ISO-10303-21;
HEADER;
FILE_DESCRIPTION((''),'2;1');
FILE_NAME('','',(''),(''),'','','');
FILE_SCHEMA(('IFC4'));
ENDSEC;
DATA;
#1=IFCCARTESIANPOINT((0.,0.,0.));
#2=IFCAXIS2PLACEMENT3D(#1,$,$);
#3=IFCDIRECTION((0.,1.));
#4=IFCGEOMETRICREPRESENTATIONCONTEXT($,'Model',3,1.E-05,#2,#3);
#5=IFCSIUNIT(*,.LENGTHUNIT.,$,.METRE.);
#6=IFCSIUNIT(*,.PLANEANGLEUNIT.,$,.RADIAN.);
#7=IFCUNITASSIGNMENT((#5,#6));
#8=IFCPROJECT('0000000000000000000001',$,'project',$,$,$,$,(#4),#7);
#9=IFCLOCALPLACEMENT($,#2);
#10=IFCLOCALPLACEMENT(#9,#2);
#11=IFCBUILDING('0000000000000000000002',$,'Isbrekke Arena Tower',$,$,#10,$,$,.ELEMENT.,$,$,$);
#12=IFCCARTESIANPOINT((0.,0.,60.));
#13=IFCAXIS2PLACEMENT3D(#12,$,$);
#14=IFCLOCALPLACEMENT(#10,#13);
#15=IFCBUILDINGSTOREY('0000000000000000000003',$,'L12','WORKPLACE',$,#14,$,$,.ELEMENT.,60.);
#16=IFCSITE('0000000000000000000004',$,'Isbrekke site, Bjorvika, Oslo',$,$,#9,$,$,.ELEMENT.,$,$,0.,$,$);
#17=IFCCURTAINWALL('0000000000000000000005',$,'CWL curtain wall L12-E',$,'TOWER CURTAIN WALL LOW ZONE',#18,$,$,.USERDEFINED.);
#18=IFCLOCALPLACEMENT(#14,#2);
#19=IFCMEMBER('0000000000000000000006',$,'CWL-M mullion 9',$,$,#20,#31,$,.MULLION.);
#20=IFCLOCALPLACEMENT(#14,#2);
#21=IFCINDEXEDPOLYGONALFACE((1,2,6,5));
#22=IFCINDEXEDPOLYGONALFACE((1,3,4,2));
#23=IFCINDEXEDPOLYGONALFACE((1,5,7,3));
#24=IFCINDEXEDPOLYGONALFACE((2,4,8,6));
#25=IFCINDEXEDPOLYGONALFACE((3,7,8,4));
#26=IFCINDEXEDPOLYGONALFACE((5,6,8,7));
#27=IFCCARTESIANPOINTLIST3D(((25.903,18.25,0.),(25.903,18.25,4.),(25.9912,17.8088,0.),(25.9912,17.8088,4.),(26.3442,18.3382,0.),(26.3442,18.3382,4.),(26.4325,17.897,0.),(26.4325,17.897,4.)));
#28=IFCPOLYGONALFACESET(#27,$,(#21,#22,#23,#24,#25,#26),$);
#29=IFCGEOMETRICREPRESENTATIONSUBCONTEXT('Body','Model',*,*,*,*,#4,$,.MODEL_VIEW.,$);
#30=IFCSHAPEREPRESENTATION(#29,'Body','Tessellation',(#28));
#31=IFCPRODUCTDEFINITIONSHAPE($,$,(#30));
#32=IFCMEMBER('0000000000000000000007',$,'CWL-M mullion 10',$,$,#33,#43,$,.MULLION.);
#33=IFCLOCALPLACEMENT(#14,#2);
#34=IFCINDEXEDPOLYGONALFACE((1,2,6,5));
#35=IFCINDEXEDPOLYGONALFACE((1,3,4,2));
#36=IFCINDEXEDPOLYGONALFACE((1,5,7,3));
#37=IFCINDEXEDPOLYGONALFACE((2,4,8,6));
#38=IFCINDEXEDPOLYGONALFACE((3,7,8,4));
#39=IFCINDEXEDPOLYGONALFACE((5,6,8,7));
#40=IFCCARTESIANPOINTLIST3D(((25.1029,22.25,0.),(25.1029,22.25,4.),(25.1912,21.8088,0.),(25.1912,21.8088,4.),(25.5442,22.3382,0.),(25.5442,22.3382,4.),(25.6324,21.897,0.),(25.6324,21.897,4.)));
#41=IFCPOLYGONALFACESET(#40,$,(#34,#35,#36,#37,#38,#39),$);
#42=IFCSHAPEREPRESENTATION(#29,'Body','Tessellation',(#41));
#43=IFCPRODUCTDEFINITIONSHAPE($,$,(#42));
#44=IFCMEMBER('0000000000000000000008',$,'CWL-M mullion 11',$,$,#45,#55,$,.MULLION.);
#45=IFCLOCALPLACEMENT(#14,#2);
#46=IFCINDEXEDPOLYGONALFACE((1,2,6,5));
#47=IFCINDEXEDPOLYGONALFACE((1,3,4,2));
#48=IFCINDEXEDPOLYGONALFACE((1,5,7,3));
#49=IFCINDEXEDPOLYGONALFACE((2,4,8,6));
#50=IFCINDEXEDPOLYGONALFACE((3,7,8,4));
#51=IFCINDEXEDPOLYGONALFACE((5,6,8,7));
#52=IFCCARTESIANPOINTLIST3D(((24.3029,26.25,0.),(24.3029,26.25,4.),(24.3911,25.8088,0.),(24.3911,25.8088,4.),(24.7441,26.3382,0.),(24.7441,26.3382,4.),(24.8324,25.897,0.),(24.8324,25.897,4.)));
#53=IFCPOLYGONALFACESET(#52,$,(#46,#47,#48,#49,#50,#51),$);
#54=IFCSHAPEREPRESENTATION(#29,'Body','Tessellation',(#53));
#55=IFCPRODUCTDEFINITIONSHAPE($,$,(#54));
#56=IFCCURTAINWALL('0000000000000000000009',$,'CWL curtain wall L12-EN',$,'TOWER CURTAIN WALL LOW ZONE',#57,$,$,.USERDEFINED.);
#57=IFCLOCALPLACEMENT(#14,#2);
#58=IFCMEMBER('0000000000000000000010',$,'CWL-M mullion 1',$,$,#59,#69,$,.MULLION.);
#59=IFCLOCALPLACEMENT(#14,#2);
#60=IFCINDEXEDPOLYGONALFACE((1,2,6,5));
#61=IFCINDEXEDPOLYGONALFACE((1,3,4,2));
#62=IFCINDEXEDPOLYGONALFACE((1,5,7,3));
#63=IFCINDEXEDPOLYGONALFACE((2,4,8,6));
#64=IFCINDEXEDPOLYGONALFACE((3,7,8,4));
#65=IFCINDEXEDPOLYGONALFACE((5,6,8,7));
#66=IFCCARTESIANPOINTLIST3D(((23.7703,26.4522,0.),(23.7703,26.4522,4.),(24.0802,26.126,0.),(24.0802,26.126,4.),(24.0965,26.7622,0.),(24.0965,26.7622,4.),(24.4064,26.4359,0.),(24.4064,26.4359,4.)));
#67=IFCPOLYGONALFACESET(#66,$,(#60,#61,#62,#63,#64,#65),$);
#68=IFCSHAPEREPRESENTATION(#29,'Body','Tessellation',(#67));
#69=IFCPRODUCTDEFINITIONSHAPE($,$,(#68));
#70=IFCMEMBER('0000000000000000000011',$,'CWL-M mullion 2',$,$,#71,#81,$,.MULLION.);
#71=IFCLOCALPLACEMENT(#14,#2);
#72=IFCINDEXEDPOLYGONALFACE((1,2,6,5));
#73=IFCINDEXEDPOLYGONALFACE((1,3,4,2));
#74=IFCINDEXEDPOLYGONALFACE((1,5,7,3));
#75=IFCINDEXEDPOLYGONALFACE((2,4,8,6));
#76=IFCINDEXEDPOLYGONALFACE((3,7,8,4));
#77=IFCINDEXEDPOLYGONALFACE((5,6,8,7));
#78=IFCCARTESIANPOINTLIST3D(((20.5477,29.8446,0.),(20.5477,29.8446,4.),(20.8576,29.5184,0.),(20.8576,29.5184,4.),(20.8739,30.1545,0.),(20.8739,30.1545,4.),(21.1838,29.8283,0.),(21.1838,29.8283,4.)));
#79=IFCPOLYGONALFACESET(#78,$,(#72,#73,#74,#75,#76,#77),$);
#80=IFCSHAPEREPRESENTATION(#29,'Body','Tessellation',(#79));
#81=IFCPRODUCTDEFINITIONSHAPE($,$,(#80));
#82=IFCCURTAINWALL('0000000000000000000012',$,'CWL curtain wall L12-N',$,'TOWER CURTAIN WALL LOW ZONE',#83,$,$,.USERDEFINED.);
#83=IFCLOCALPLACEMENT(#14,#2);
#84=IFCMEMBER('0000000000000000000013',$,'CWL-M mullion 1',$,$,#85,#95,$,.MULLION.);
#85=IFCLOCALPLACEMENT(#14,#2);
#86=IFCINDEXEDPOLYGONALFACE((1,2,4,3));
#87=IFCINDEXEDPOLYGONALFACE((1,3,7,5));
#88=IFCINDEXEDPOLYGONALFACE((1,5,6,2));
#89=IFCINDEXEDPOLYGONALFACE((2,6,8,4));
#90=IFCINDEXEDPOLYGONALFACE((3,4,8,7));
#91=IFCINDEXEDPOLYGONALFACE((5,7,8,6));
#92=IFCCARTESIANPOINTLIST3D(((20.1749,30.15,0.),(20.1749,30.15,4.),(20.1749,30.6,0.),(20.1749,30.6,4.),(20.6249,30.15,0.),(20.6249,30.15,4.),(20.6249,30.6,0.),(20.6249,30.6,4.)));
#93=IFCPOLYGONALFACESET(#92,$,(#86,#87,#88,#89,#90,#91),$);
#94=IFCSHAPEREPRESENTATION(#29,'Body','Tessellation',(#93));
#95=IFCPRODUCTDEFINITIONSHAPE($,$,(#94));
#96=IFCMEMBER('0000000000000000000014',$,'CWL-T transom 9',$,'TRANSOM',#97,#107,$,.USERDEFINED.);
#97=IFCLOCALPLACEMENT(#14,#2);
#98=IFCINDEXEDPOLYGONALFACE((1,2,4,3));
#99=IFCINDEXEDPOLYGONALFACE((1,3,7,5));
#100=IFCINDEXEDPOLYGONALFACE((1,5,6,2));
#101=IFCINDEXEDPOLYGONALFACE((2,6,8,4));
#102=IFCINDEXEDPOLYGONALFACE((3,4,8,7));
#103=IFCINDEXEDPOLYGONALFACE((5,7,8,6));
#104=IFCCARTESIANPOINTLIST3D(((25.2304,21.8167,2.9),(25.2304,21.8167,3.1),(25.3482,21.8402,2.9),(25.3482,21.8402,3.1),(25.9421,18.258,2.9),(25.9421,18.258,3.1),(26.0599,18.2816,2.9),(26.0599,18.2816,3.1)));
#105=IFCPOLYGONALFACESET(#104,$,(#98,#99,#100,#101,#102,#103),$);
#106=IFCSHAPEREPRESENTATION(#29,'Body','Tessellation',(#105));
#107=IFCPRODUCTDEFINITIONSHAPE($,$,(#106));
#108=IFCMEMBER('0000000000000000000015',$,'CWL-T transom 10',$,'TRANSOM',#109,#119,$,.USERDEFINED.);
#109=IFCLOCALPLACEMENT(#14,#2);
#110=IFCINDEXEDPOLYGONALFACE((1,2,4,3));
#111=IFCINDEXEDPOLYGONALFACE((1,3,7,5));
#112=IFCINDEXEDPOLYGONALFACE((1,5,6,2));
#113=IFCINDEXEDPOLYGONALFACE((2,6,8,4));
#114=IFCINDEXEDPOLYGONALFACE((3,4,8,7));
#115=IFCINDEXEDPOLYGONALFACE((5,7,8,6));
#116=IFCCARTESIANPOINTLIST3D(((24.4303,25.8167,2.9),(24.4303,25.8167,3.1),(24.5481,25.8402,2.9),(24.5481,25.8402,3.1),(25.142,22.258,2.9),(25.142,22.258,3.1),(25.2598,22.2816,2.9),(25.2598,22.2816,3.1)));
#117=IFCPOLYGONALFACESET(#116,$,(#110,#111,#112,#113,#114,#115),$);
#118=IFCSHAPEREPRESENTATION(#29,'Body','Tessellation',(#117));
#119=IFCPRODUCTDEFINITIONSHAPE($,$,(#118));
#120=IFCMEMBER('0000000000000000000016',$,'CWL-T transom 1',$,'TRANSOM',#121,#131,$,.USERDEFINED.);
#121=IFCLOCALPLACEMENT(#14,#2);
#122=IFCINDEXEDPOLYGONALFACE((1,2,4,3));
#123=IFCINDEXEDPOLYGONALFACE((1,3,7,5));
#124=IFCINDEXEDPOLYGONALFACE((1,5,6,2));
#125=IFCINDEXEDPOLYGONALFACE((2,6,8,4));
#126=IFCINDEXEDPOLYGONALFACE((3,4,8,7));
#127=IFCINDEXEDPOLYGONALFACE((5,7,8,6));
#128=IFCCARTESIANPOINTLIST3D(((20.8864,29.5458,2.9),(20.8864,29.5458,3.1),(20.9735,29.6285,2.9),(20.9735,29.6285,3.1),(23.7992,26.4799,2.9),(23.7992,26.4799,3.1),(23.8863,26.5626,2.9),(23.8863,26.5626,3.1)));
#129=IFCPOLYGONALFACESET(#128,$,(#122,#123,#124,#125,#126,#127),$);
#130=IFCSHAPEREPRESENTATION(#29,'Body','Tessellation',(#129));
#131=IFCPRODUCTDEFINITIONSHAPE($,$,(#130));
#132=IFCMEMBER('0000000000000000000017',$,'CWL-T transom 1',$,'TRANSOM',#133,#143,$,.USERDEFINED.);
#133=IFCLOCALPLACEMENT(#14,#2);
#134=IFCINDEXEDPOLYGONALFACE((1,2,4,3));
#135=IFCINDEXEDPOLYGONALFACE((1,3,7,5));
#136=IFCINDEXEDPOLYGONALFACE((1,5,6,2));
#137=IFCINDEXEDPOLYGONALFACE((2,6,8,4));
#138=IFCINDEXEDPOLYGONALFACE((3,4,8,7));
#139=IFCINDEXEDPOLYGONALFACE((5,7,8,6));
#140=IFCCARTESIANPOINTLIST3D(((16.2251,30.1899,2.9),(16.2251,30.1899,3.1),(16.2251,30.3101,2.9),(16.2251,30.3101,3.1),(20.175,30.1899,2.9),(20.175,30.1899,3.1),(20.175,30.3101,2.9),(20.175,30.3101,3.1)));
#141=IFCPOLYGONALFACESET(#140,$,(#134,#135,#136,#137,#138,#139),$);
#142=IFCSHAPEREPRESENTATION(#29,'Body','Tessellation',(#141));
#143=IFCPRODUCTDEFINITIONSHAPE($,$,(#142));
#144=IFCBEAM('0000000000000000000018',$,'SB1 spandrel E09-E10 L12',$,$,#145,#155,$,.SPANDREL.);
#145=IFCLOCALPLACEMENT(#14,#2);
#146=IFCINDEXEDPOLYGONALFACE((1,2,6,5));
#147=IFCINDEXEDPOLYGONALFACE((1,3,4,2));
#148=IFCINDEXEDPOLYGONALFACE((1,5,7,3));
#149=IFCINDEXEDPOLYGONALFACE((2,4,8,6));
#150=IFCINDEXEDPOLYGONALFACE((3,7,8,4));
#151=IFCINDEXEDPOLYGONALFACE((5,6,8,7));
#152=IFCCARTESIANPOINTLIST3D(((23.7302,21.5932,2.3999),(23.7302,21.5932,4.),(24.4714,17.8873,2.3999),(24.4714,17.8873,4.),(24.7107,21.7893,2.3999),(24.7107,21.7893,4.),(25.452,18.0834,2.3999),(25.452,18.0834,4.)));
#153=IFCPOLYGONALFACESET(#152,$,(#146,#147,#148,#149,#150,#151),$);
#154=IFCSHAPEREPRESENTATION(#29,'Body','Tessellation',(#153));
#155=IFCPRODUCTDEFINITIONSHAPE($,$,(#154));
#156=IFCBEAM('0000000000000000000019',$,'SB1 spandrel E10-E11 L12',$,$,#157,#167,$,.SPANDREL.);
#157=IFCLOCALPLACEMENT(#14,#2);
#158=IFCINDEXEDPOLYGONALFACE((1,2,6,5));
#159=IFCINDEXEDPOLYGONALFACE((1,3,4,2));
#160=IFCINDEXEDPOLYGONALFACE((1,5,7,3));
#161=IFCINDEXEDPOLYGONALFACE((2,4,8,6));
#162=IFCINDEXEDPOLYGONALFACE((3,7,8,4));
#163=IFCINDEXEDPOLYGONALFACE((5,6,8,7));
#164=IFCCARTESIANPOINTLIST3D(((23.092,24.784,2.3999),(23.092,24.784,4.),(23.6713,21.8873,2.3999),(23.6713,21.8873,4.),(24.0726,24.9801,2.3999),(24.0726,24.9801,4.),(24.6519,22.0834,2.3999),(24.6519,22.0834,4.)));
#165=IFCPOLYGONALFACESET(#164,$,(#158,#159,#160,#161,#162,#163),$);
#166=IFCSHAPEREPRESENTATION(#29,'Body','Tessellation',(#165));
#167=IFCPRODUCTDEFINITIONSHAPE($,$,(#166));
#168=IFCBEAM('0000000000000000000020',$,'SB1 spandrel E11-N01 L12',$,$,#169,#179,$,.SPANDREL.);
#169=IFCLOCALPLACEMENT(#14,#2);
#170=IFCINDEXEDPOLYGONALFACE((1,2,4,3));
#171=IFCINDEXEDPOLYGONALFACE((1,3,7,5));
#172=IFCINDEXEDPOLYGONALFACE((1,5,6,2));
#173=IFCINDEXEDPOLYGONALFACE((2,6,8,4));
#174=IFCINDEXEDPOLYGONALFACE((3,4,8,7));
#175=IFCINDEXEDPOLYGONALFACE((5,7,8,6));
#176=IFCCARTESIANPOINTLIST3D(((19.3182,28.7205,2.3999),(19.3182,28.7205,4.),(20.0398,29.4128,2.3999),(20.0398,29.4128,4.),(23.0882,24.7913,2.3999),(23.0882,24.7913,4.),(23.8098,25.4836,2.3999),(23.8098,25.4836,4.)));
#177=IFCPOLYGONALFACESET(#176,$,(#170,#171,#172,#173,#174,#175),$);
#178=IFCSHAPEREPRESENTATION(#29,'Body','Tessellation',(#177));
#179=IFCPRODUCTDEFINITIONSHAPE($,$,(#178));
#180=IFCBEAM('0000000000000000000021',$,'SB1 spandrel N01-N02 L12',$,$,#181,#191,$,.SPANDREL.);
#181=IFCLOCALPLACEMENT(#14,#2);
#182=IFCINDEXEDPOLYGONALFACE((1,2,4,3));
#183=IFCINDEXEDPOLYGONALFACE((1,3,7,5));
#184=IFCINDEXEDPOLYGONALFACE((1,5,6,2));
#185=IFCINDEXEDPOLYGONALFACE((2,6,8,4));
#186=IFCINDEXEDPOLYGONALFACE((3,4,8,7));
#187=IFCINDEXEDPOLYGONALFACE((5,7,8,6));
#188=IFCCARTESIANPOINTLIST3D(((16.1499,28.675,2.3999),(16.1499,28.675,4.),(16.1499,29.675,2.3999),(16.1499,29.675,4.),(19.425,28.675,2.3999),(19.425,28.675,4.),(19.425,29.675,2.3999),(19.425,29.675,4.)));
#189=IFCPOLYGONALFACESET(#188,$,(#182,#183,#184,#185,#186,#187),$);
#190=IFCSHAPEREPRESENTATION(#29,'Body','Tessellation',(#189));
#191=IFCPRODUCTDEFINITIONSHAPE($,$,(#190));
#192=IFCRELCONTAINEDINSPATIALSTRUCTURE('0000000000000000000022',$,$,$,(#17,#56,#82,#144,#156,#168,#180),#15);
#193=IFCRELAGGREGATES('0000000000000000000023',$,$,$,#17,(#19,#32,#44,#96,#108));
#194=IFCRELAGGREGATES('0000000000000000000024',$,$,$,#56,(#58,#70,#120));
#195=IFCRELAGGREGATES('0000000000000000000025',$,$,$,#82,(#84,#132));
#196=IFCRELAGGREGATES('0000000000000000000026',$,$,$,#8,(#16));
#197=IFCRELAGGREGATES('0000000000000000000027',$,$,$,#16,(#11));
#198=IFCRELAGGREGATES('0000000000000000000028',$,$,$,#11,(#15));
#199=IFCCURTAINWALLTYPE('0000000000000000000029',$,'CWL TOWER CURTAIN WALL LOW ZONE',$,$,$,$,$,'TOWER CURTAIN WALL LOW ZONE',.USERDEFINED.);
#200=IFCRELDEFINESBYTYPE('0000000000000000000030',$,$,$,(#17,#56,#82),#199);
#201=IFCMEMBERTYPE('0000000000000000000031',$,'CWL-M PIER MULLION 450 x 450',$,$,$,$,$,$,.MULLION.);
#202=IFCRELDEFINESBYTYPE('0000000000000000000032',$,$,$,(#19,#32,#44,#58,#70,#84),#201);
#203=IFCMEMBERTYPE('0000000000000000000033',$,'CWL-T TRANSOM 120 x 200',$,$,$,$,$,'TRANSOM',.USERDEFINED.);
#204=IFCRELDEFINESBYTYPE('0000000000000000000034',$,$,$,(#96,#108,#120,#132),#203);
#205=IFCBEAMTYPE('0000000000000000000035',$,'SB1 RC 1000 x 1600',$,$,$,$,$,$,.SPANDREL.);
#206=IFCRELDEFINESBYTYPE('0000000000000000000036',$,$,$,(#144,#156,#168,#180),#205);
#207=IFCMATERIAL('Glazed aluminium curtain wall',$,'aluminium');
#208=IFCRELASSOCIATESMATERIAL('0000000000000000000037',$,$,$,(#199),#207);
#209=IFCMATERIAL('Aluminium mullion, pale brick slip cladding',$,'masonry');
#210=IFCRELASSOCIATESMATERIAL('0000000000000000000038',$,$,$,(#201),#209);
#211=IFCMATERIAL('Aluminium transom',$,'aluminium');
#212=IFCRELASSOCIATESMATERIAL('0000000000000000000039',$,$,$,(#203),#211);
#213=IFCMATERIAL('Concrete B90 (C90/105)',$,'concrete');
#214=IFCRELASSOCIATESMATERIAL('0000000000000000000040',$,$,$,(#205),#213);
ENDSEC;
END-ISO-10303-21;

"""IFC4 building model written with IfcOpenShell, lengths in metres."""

from ifc_helpers import new_model, si_unit, direction, frame, origin, origin_2d, place, context, subcontext, project, spatial, rectangle, extrude, material, material_profile, profile_set, type_object, element, aggregate, save


model = new_model("IFC4")

# Units and contexts
model_context = context("Model", 3, precision=1e-05, world=origin(), true_north=direction((0.0, 1.0)))
body_context = subcontext(model_context, "Body", "Model", "MODEL_VIEW")
ifc_project = project(units=[si_unit("LENGTHUNIT", "METRE"), si_unit("PLANEANGLEUNIT", "RADIAN")], contexts=[model_context])

# Site, building, storey
site_placement = place(None, origin())
site = spatial("IfcSite", under=ifc_project, at=site_placement, Name="Isbrekke site, Bjorvika, Oslo", CompositionType="ELEMENT", RefElevation=0.0)
building_placement = place(site_placement, origin())
building = spatial("IfcBuilding", under=site, at=building_placement, Name="Isbrekke Arena Tower", CompositionType="ELEMENT")
storey_placement = place(building_placement, frame((0.0, 0.0, 60.0)))
storey = spatial("IfcBuildingStorey", under=building, at=storey_placement, Name="L12", Description="WORKPLACE", CompositionType="ELEMENT", Elevation=60.0)

# Curtain walls, members
ifc_material_1 = material(Name="Glazed aluminium curtain wall", Category="aluminium")
curtain_wall_type = type_object("IfcCurtainWallType", Name="CWL TOWER CURTAIN WALL LOW ZONE", ElementType="TOWER CURTAIN WALL LOW ZONE", PredefinedType="USERDEFINED", material=ifc_material_1)
curtain_wall_1_placement = place(storey_placement, origin())
curtain_wall_1 = element("IfcCurtainWall", 1, at=curtain_wall_1_placement, inside=storey, type_object=curtain_wall_type, Name="CWL curtain wall L12-E", ObjectType="TOWER CURTAIN WALL LOW ZONE", PredefinedType="USERDEFINED")
ifc_material_2 = material(Name="Aluminium mullion, pale brick slip cladding", Category="masonry")
ifc_material_profile_1 = material_profile(ifc_material_2, rectangle(XDim=0.45, YDim=0.45, at=origin_2d()), Name="PIER 450X450")
ifc_profile_set_1 = profile_set([ifc_material_profile_1], Name="Aluminium mullion, pale brick slip cladding")
member_type_1 = type_object("IfcMemberType", Name="CWL-M PIER MULLION 450 x 450", PredefinedType="MULLION", material=ifc_profile_set_1)
member_1_placement = place(storey_placement, frame((26.1677, 18.0735, 0.0), z_axis=(0.0, 0.0, 1.0), x_axis=(-0.196116, 0.980581, 0.0)))
member_1 = element("IfcMember", 2, at=member_1_placement, type_object=member_type_1, Name="CWL-M mullion 9", PredefinedType="MULLION", context=body_context, shape_type="SweptSolid", body=[
    extrude(rectangle(XDim=0.45, YDim=0.45, at=origin_2d()), origin(), (0.0, 0.0, 1.0), 4.0),
])
member_2_placement = place(storey_placement, frame((25.3677, 22.0735, 0.0), z_axis=(0.0, 0.0, 1.0), x_axis=(-0.196116, 0.980581, 0.0)))
member_2 = element("IfcMember", 3, at=member_2_placement, type_object=member_type_1, Name="CWL-M mullion 10", PredefinedType="MULLION", context=body_context, shape_type="SweptSolid", body=[
    extrude(rectangle(XDim=0.45, YDim=0.45, at=origin_2d()), origin(), (0.0, 0.0, 1.0), 4.0),
])
member_3_placement = place(storey_placement, frame((24.5676, 26.0735, 0.0), z_axis=(0.0, 0.0, 1.0), x_axis=(-0.196116, 0.980581, 0.0)))
member_3 = element("IfcMember", 4, at=member_3_placement, type_object=member_type_1, Name="CWL-M mullion 11", PredefinedType="MULLION", context=body_context, shape_type="SweptSolid", body=[
    extrude(rectangle(XDim=0.45, YDim=0.45, at=origin_2d()), origin(), (0.0, 0.0, 1.0), 4.0),
])
curtain_wall_2_placement = place(storey_placement, origin())
curtain_wall_2 = element("IfcCurtainWall", 5, at=curtain_wall_2_placement, inside=storey, type_object=curtain_wall_type, Name="CWL curtain wall L12-EN", ObjectType="TOWER CURTAIN WALL LOW ZONE", PredefinedType="USERDEFINED")
member_4_placement = place(storey_placement, frame((24.0884, 26.4441, 0.0), z_axis=(0.0, 0.0, 1.0), x_axis=(-0.688749, 0.724999, 0.0)))
member_4 = element("IfcMember", 6, at=member_4_placement, type_object=member_type_1, Name="CWL-M mullion 1", PredefinedType="MULLION", context=body_context, shape_type="SweptSolid", body=[
    extrude(rectangle(XDim=0.45, YDim=0.45, at=origin_2d()), origin(), (0.0, 0.0, 1.0), 4.0),
])
member_5_placement = place(storey_placement, frame((20.8657, 29.8364, 0.0), z_axis=(0.0, 0.0, 1.0), x_axis=(-0.688749, 0.724999, 0.0)))
member_5 = element("IfcMember", 7, at=member_5_placement, type_object=member_type_1, Name="CWL-M mullion 2", PredefinedType="MULLION", context=body_context, shape_type="SweptSolid", body=[
    extrude(rectangle(XDim=0.45, YDim=0.45, at=origin_2d()), origin(), (0.0, 0.0, 1.0), 4.0),
])

# Curtain wall, member
curtain_wall_3_placement = place(storey_placement, origin())
curtain_wall_3 = element("IfcCurtainWall", 8, at=curtain_wall_3_placement, inside=storey, type_object=curtain_wall_type, Name="CWL curtain wall L12-N", ObjectType="TOWER CURTAIN WALL LOW ZONE", PredefinedType="USERDEFINED")
member_6_placement = place(storey_placement, frame((20.3999, 30.375, 0.0), z_axis=(0.0, 0.0, 1.0), x_axis=(-1.0, 0.0, 0.0)))
member_6 = element("IfcMember", 9, at=member_6_placement, type_object=member_type_1, Name="CWL-M mullion 1", PredefinedType="MULLION", context=body_context, shape_type="SweptSolid", body=[
    extrude(rectangle(XDim=0.45, YDim=0.45, at=origin_2d()), origin(), (0.0, 0.0, 1.0), 4.0),
])

# Members
ifc_material_3 = material(Name="Aluminium transom", Category="aluminium")
ifc_material_profile_2 = material_profile(ifc_material_3, rectangle(XDim=0.1201, YDim=0.2, at=origin_2d()), Name="TRANSOM 120X200")
ifc_profile_set_2 = profile_set([ifc_material_profile_2], Name="Aluminium transom")
member_type_2 = type_object("IfcMemberType", Name="CWL-T TRANSOM 120 x 200", ElementType="TRANSOM", PredefinedType="USERDEFINED", material=ifc_profile_set_2)
member_7_placement = place(storey_placement, frame((26.001, 18.2698, 3.0), z_axis=(-0.196103, 0.980583, 0.0), x_axis=(-0.980583, -0.196103, 0.0)))
member_7 = element("IfcMember", 10, at=member_7_placement, type_object=member_type_2, Name="CWL-T transom 9", ObjectType="TRANSOM", PredefinedType="USERDEFINED", context=body_context, shape_type="SweptSolid", body=[
    extrude(rectangle(XDim=0.1201, YDim=0.2, at=origin_2d()), origin(), (0.0, 0.0, 1.0), 3.6292),
])
member_8_placement = place(storey_placement, frame((25.2009, 22.2698, 3.0), z_axis=(-0.196103, 0.980583, 0.0), x_axis=(-0.980583, -0.196103, 0.0)))
member_8 = element("IfcMember", 11, at=member_8_placement, type_object=member_type_2, Name="CWL-T transom 10", ObjectType="TRANSOM", PredefinedType="USERDEFINED", context=body_context, shape_type="SweptSolid", body=[
    extrude(rectangle(XDim=0.1201, YDim=0.2, at=origin_2d()), origin(), (0.0, 0.0, 1.0), 3.6292),
])
member_9_placement = place(storey_placement, frame((23.8428, 26.5212, 3.0), z_axis=(-0.688777, 0.724973, 0.0), x_axis=(-0.724973, -0.688777, 0.0)))
member_9 = element("IfcMember", 12, at=member_9_placement, type_object=member_type_2, Name="CWL-T transom 1", ObjectType="TRANSOM", PredefinedType="USERDEFINED", context=body_context, shape_type="SweptSolid", body=[
    extrude(rectangle(XDim=0.1201, YDim=0.2, at=origin_2d()), origin(), (0.0, 0.0, 1.0), 4.229),
])
member_10_placement = place(storey_placement, frame((20.175, 30.25, 3.0), z_axis=(-1.0, 0.0, 0.0), x_axis=(0.0, -1.0, 0.0)))
member_10 = element("IfcMember", 13, at=member_10_placement, type_object=member_type_2, Name="CWL-T transom 1", ObjectType="TRANSOM", PredefinedType="USERDEFINED", context=body_context, shape_type="SweptSolid", body=[
    extrude(rectangle(XDim=0.1201, YDim=0.2, at=origin_2d()), origin(), (0.0, 0.0, 1.0), 3.95),
])

# Beams
ifc_material_4 = material(Name="Concrete B90 (C90/105)", Category="concrete")
ifc_material_profile_3 = material_profile(ifc_material_4, rectangle(XDim=1.0, YDim=1.6001, at=origin_2d()), Name="RC 1000x1600")
ifc_profile_set_3 = profile_set([ifc_material_profile_3], Name="Concrete B90 (C90/105)")
beam_type_1 = type_object("IfcBeamType", Name="SB1 RC 1000 x 1600", PredefinedType="SPANDREL", material=ifc_profile_set_3)
beam_1_placement = place(storey_placement, frame((24.9617, 17.9854, 3.2), z_axis=(-0.196129, 0.980578, 0.0), x_axis=(-0.980578, -0.196129, 0.0)))
element("IfcBeam", 14, at=beam_1_placement, inside=storey, type_object=beam_type_1, Name="SB1 spandrel E09-E10 L12", PredefinedType="SPANDREL", context=body_context, shape_type="SweptSolid", body=[
    extrude(rectangle(XDim=1.0, YDim=1.6001, at=origin_2d()), origin(), (0.0, 0.0, 1.0), 3.7793),
])
beam_2_placement = place(storey_placement, frame((24.1616, 21.9854, 3.2), z_axis=(-0.196116, 0.980581, 0.0), x_axis=(-0.980581, -0.196116, 0.0)))
element("IfcBeam", 15, at=beam_2_placement, inside=storey, type_object=beam_type_1, Name="SB1 spandrel E10-E11 L12", PredefinedType="SPANDREL", context=body_context, shape_type="SweptSolid", body=[
    extrude(rectangle(XDim=1.0, YDim=1.6001, at=origin_2d()), origin(), (0.0, 0.0, 1.0), 2.9541),
])
beam_3_placement = place(storey_placement, frame((23.449, 25.1375, 3.2), z_axis=(-0.69234, 0.721572, 0.0), x_axis=(-0.721572, -0.69234, 0.0)))
element("IfcBeam", 16, at=beam_3_placement, inside=storey, type_object=beam_type_1, Name="SB1 spandrel E11-N01 L12", PredefinedType="SPANDREL", context=body_context, shape_type="SweptSolid", body=[
    extrude(rectangle(XDim=1.0, YDim=1.6001, at=origin_2d()), origin(), (0.0, 0.0, 1.0), 5.4453),
])
beam_4_placement = place(storey_placement, frame((19.425, 29.175, 3.2), z_axis=(-1.0, 0.0, 0.0), x_axis=(0.0, -1.0, 0.0)))
element("IfcBeam", 17, at=beam_4_placement, inside=storey, type_object=beam_type_1, Name="SB1 spandrel N01-N02 L12", PredefinedType="SPANDREL", context=body_context, shape_type="SweptSolid", body=[
    extrude(rectangle(XDim=1.0, YDim=1.6001, at=origin_2d()), origin(), (0.0, 0.0, 1.0), 3.2751),
])

aggregate(curtain_wall_1, [member_1, member_2, member_3, member_7, member_8])
aggregate(curtain_wall_2, [member_4, member_5, member_9])
aggregate(curtain_wall_3, [member_6, member_10])

save(model, "model.ifc")
